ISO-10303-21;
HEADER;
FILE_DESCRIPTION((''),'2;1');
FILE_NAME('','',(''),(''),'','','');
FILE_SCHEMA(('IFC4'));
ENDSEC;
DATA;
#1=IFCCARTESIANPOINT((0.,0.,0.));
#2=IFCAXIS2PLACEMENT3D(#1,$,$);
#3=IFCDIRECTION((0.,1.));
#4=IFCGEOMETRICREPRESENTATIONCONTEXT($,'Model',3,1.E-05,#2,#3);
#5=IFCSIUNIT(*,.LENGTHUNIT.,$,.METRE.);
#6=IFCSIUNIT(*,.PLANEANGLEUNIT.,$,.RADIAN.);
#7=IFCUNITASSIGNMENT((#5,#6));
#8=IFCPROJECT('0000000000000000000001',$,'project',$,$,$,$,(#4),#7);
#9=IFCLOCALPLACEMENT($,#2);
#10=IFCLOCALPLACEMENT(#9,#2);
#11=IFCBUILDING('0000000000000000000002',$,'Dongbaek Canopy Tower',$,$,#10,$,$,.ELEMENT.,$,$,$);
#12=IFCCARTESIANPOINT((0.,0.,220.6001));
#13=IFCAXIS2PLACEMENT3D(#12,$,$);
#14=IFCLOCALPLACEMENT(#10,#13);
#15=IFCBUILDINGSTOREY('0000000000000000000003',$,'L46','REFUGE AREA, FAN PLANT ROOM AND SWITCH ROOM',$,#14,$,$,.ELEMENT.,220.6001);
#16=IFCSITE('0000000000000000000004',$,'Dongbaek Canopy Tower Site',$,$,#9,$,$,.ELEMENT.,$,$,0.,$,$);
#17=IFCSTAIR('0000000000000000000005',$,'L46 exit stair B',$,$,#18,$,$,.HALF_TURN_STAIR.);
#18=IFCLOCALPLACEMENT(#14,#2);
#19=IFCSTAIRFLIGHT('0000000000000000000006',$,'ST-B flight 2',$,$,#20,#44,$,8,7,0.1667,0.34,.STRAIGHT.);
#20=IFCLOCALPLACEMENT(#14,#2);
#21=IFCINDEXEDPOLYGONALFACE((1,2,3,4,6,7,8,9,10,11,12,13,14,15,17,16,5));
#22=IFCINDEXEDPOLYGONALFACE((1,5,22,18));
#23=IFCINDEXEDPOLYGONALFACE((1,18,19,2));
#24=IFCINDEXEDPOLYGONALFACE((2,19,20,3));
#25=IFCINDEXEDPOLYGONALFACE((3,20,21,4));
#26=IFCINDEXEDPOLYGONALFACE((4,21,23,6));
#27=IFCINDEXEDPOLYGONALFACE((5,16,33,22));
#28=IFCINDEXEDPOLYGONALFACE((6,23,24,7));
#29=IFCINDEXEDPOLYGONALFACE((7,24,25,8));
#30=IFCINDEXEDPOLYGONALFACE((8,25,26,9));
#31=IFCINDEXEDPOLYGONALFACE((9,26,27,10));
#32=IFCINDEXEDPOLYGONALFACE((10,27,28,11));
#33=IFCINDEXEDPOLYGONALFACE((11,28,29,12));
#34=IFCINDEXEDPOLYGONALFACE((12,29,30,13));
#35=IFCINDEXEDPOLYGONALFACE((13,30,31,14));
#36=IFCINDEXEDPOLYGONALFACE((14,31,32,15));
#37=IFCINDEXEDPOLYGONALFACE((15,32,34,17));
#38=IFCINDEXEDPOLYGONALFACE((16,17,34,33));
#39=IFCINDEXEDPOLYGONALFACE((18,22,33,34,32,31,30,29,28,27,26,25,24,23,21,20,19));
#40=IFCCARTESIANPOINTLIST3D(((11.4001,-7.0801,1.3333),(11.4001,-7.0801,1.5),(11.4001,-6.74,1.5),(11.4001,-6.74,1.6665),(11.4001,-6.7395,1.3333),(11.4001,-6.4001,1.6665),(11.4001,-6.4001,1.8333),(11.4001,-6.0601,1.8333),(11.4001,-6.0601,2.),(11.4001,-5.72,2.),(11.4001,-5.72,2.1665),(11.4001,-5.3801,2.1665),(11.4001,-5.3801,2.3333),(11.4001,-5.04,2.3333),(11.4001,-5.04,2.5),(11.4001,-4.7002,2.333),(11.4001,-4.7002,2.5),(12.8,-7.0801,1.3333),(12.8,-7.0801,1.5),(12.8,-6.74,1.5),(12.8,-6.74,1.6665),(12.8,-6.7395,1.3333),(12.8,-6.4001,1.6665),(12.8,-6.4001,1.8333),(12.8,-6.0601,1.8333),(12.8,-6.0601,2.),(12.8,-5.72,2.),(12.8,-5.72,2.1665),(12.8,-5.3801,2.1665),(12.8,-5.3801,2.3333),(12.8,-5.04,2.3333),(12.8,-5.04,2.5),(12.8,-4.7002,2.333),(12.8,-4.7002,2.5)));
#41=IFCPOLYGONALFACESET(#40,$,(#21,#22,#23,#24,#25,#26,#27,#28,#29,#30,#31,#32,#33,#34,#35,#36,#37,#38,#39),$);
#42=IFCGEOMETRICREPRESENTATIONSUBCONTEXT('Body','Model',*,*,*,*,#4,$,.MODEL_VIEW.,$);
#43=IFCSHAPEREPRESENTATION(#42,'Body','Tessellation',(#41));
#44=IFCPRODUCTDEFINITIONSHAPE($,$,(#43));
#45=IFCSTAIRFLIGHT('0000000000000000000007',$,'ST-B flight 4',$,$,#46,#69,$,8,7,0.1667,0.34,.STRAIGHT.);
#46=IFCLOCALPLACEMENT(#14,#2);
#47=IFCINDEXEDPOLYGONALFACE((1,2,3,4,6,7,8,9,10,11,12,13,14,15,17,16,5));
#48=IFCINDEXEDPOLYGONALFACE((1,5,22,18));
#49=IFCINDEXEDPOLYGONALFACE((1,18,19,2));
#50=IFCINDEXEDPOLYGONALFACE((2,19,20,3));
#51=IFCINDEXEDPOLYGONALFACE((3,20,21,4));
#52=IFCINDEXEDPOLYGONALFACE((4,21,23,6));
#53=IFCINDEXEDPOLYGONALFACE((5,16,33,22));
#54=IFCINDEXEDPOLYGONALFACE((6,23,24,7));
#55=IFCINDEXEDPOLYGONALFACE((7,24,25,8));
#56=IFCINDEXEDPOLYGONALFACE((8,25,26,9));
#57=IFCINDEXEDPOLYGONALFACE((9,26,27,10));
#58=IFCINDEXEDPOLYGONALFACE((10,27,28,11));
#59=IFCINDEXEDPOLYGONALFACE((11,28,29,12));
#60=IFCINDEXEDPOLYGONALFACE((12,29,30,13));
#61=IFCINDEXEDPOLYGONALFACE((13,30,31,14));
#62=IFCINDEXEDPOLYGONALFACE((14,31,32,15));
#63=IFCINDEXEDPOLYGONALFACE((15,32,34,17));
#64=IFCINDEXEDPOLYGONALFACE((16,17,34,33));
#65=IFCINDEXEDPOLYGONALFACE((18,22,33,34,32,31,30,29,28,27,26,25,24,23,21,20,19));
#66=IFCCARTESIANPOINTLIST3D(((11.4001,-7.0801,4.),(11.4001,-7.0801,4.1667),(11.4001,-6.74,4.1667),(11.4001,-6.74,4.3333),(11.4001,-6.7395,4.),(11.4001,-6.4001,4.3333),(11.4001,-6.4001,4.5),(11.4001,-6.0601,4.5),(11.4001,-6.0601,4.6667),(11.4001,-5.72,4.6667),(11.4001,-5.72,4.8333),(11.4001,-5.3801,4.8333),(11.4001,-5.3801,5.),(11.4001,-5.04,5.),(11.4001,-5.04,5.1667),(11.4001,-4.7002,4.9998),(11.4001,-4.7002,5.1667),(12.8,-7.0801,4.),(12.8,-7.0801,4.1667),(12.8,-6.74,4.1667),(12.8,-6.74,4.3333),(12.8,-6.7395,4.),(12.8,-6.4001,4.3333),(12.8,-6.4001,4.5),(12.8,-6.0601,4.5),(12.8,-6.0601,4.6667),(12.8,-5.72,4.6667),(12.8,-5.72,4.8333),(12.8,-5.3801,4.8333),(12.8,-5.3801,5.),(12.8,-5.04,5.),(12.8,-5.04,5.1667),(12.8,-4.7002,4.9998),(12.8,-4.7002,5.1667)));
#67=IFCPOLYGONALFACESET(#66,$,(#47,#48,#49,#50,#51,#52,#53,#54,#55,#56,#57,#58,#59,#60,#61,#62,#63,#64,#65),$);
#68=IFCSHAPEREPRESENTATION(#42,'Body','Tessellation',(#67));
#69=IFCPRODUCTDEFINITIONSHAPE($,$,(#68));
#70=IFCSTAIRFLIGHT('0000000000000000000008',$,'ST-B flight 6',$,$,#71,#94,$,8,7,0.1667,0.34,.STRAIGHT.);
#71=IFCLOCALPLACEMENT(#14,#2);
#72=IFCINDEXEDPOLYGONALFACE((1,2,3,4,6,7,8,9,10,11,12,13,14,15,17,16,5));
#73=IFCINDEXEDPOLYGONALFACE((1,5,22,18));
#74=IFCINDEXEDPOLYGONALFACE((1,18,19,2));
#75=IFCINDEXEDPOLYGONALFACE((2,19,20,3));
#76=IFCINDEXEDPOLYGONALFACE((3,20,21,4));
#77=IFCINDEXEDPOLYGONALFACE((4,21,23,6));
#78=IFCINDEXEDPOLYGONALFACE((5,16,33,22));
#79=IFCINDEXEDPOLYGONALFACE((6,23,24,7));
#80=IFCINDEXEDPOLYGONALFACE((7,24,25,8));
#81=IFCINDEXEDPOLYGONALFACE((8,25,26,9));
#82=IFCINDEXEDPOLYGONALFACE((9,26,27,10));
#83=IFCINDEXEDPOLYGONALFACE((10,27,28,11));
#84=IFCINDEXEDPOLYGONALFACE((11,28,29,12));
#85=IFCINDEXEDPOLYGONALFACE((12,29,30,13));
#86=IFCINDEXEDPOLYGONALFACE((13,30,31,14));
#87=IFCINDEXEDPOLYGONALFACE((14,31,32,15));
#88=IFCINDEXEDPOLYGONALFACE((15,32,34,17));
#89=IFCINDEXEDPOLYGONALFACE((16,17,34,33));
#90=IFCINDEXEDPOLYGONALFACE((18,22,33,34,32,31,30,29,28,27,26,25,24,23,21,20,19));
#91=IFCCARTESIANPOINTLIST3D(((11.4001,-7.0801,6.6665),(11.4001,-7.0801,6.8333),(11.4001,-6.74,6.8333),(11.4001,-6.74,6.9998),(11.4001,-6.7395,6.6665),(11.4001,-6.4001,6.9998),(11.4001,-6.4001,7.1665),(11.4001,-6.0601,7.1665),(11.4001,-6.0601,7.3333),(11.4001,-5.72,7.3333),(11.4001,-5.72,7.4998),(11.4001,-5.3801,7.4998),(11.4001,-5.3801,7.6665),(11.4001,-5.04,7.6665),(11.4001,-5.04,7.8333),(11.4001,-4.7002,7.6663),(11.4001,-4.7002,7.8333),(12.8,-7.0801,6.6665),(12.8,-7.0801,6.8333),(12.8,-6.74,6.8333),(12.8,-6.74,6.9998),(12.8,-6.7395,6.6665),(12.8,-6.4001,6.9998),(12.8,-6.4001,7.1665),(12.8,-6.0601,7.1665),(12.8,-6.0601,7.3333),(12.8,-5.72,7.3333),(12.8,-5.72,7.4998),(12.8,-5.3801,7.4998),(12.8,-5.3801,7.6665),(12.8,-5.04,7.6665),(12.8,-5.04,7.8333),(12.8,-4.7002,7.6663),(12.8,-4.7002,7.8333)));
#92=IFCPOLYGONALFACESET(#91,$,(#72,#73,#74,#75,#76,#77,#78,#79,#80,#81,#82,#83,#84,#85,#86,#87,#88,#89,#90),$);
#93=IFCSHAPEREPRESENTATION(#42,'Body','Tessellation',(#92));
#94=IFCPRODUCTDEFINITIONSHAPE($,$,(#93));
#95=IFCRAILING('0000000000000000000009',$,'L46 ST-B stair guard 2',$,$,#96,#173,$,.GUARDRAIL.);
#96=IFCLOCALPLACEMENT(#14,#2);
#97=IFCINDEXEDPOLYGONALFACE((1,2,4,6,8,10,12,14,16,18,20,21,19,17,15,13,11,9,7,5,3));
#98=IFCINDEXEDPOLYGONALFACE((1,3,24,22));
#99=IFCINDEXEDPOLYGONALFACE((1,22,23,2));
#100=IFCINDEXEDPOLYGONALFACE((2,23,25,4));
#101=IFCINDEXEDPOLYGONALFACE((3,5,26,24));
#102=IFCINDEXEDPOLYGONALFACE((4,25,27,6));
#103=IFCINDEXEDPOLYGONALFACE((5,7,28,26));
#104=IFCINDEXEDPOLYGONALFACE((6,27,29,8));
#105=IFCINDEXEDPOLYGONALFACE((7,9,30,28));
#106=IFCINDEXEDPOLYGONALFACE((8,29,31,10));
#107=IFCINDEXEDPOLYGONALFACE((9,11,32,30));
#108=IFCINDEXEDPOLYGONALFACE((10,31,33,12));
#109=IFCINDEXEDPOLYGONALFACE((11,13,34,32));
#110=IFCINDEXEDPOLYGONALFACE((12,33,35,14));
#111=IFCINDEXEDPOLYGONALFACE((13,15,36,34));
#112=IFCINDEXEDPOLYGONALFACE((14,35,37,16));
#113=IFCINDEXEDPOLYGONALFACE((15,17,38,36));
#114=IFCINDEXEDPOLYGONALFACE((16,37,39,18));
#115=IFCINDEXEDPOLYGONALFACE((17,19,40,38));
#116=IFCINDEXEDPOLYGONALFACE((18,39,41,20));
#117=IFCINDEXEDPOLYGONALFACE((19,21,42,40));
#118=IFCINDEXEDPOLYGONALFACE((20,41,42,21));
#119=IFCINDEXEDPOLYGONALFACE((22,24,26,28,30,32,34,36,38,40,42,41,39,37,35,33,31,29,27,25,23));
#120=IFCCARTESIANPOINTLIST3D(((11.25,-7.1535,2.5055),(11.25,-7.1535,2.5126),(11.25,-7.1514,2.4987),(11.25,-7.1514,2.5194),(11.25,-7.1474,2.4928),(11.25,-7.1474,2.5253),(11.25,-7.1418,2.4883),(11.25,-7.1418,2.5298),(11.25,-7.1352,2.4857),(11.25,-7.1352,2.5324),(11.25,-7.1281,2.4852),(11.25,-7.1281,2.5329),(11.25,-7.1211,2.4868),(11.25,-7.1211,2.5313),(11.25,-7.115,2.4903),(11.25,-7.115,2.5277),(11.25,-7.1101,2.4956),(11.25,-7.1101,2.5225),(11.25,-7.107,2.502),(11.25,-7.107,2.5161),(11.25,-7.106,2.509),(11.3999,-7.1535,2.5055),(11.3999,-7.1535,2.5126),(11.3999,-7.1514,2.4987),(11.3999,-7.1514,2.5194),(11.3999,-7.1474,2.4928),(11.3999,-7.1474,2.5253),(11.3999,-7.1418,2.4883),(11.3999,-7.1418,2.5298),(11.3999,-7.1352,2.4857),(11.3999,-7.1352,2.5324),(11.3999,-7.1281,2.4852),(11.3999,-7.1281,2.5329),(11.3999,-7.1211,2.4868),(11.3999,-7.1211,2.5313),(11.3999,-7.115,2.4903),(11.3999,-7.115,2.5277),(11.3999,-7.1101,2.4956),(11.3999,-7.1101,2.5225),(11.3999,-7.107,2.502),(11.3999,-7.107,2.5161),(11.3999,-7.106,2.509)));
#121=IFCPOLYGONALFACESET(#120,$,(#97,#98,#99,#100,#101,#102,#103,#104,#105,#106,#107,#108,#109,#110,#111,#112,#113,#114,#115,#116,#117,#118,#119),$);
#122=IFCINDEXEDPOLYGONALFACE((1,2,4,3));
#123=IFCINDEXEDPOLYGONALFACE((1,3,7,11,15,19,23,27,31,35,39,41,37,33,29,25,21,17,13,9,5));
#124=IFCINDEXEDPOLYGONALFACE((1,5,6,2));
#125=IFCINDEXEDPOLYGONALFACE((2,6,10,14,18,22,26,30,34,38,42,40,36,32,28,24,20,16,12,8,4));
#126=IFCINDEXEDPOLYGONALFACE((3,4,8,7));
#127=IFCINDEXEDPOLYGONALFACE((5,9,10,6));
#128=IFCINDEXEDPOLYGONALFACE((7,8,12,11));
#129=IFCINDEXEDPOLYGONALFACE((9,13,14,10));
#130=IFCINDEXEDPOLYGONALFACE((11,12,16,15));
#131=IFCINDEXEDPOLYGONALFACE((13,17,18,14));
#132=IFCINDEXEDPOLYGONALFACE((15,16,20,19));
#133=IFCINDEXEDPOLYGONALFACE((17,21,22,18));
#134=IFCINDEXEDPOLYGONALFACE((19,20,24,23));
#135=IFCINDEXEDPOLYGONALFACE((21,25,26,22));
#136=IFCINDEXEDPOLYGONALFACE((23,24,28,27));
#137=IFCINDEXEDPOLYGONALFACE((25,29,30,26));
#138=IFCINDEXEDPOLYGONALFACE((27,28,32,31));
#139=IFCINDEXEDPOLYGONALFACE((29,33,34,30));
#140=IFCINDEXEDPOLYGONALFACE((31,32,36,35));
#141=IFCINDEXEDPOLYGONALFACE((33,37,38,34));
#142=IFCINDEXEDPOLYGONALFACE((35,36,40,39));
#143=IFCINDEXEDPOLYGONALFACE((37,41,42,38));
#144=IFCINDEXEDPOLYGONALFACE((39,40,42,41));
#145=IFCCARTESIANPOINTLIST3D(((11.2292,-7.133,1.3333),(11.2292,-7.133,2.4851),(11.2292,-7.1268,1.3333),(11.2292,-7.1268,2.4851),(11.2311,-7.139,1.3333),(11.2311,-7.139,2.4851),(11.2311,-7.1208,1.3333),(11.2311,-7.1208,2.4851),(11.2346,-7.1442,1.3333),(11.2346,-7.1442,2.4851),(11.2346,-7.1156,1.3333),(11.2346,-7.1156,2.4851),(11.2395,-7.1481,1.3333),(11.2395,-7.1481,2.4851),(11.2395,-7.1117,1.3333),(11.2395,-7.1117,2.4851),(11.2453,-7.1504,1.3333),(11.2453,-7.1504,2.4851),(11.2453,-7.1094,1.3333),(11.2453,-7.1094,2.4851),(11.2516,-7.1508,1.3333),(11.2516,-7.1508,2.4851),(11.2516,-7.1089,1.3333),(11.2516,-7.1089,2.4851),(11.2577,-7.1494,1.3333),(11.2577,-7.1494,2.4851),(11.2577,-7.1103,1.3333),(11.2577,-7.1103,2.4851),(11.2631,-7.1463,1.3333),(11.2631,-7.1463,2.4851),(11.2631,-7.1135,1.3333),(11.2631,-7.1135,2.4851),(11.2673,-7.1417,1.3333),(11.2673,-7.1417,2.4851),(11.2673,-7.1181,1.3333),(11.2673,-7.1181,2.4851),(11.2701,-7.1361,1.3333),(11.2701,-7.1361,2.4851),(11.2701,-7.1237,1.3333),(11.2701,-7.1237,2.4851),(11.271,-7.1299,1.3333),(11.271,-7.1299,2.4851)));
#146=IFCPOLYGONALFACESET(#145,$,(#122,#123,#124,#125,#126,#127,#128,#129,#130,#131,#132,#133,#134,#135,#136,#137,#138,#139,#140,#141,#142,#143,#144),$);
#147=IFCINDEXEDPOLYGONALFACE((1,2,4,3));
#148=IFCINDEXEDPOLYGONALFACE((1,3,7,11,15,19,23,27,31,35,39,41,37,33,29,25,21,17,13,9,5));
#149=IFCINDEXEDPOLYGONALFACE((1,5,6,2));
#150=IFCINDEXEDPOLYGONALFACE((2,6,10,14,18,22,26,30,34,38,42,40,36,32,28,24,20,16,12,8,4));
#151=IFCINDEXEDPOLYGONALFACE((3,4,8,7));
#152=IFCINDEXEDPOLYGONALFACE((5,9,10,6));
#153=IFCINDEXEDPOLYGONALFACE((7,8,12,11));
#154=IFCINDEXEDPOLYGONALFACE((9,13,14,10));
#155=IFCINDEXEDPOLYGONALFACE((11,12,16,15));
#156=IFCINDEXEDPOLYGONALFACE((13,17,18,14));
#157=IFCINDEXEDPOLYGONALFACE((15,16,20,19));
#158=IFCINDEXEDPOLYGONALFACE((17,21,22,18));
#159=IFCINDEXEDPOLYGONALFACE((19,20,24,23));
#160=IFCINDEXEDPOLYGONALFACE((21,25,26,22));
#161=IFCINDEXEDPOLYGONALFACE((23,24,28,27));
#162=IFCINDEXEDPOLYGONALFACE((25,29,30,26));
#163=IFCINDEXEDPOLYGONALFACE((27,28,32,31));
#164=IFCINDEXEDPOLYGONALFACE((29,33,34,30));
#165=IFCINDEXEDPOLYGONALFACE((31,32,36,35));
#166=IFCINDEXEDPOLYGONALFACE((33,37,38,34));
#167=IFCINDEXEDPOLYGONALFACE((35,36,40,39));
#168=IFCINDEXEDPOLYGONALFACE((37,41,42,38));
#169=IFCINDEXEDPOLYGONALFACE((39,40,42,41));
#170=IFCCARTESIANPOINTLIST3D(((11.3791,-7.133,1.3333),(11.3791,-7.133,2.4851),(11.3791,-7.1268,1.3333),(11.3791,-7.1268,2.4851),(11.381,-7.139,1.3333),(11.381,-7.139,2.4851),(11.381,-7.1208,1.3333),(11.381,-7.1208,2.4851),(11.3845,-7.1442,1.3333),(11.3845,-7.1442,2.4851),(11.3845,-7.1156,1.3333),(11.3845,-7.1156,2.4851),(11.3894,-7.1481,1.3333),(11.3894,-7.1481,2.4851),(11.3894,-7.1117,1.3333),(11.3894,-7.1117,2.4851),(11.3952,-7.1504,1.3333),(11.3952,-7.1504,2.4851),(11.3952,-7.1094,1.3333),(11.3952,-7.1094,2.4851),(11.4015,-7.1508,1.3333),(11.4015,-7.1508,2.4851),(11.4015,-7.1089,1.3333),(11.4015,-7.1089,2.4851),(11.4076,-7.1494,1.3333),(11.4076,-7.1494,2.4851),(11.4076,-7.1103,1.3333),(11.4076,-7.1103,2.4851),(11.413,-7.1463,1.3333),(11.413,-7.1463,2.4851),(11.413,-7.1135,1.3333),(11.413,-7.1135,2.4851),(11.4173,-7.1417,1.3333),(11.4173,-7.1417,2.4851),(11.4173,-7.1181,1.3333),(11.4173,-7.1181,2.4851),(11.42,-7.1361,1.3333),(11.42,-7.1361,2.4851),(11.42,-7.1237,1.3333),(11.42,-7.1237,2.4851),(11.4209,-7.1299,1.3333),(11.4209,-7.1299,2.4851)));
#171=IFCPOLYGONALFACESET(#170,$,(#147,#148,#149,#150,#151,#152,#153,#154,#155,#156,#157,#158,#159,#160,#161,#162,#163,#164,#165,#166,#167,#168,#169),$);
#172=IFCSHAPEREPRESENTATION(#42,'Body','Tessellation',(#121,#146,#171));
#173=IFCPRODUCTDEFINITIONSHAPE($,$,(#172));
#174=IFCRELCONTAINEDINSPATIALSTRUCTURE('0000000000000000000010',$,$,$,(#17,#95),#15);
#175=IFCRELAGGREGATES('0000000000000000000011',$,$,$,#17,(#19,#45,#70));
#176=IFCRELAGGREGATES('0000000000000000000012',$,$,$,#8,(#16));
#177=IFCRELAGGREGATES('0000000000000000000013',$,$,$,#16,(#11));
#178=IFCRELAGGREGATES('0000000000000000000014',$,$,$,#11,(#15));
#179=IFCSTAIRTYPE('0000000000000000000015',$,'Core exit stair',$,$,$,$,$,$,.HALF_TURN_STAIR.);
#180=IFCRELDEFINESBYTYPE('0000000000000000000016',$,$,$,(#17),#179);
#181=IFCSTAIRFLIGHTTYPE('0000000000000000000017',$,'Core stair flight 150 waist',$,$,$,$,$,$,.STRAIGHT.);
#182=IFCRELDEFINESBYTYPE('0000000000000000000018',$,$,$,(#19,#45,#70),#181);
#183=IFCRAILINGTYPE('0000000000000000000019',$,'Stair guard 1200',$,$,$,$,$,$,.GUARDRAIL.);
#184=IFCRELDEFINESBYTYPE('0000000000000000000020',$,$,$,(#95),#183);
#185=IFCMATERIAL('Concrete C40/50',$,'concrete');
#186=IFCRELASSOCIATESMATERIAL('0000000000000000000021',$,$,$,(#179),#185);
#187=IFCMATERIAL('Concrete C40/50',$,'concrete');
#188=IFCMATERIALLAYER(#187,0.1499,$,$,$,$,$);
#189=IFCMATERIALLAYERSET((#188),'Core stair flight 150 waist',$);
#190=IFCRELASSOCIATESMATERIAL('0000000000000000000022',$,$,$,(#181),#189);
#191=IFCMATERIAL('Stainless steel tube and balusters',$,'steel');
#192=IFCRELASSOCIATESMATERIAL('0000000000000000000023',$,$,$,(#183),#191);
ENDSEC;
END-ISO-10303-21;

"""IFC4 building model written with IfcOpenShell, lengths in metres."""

from ifc_helpers import new_model, si_unit, direction, frame, origin, origin_2d, place, context, subcontext, project, spatial, polyline, circle, outline, extrude, material, layer, layer_set, type_object, element, aggregate, save


model = new_model("IFC4")

# Units and contexts
model_context = context("Model", 3, precision=1e-05, world=origin(), true_north=direction((0.0, 1.0)))
body_context = subcontext(model_context, "Body", "Model", "MODEL_VIEW")
ifc_project = project(units=[si_unit("LENGTHUNIT", "METRE"), si_unit("PLANEANGLEUNIT", "RADIAN")], contexts=[model_context])

# Site, building, storey
site_placement = place(None, origin())
site = spatial("IfcSite", under=ifc_project, at=site_placement, Name="Dongbaek Canopy Tower Site", CompositionType="ELEMENT", RefElevation=0.0)
building_placement = place(site_placement, origin())
building = spatial("IfcBuilding", under=site, at=building_placement, Name="Dongbaek Canopy Tower", CompositionType="ELEMENT")
storey_placement = place(building_placement, frame((0.0, 0.0, 220.6001)))
storey = spatial("IfcBuildingStorey", under=building, at=storey_placement, Name="L46", Description="REFUGE AREA, FAN PLANT ROOM AND SWITCH ROOM", CompositionType="ELEMENT", Elevation=220.6001)

# Stair, stair flights
ifc_material_1 = material(Name="Concrete C40/50", Category="concrete")
stair_type = type_object("IfcStairType", Name="Core exit stair", PredefinedType="HALF_TURN_STAIR", material=ifc_material_1)
stair_placement = place(storey_placement, origin())
stair = element("IfcStair", 1, at=stair_placement, inside=storey, type_object=stair_type, Name="L46 exit stair B", PredefinedType="HALF_TURN_STAIR")
ifc_material_2 = material(Name="Concrete C40/50", Category="concrete")
ifc_layer_1 = layer(ifc_material_2, 0.1499)
ifc_layer_set_1 = layer_set([ifc_layer_1], Name="Core stair flight 150 waist")
stair_flight_type = type_object("IfcStairFlightType", Name="Core stair flight 150 waist", PredefinedType="STRAIGHT", material=ifc_layer_set_1)
stair_flight_1_placement = place(storey_placement, frame((12.1001, -7.0801, 1.3333), z_axis=(0.0, 0.0, 1.0), x_axis=(0.0, 1.0, 0.0)))
stair_flight_1 = element("IfcStairFlight", 2, at=stair_flight_1_placement, type_object=stair_flight_type, Name="ST-B flight 2", NumberOfRisers=8, NumberOfTreads=7, PredefinedType="STRAIGHT", RiserHeight=0.1667, TreadLength=0.34, context=body_context, shape_type="SweptSolid", body=[
    extrude(outline(polyline([(0.0, 0.0), (0.0, 0.1667), (0.3401, 0.1667), (0.3401, 0.3333), (0.6799, 0.3333), (0.6799, 0.5), (1.02, 0.5), (1.02, 0.6667), (1.3601, 0.6667), (1.3601, 0.8333), (1.7, 0.8333), (1.7, 1.0), (2.04, 1.0), (2.04, 1.1667), (2.3799, 1.1667), (2.3799, 1.3333), (2.3799, 0.9998), (0.3406, 0.0), (0.0, 0.0)])), frame((0.0, 0.7, 0.0), z_axis=(0.0, -1.0, 0.0), x_axis=(1.0, 0.0, 0.0)), (0.0, 0.0, 1.0), 1.3999),
])
stair_flight_2_placement = place(storey_placement, frame((12.1001, -7.0801, 4.0), z_axis=(0.0, 0.0, 1.0), x_axis=(0.0, 1.0, 0.0)))
stair_flight_2 = element("IfcStairFlight", 3, at=stair_flight_2_placement, type_object=stair_flight_type, Name="ST-B flight 4", NumberOfRisers=8, NumberOfTreads=7, PredefinedType="STRAIGHT", RiserHeight=0.1667, TreadLength=0.34, context=body_context, shape_type="SweptSolid", body=[
    extrude(outline(polyline([(0.0, 0.0), (0.0, 0.1667), (0.3401, 0.1667), (0.3401, 0.3333), (0.6799, 0.3333), (0.6799, 0.5), (1.02, 0.5), (1.02, 0.6667), (1.3601, 0.6667), (1.3601, 0.8333), (1.7, 0.8333), (1.7, 1.0), (2.04, 1.0), (2.04, 1.1667), (2.3799, 1.1667), (2.3799, 1.3333), (2.3799, 0.9998), (0.3406, 0.0), (0.0, 0.0)])), frame((0.0, 0.7, 0.0), z_axis=(0.0, -1.0, 0.0), x_axis=(1.0, 0.0, 0.0)), (0.0, 0.0, 1.0), 1.3999),
])
stair_flight_3_placement = place(storey_placement, frame((12.1001, -7.0801, 6.6665), z_axis=(0.0, 0.0, 1.0), x_axis=(0.0, 1.0, 0.0)))
stair_flight_3 = element("IfcStairFlight", 4, at=stair_flight_3_placement, type_object=stair_flight_type, Name="ST-B flight 6", NumberOfRisers=8, NumberOfTreads=7, PredefinedType="STRAIGHT", RiserHeight=0.1667, TreadLength=0.34, context=body_context, shape_type="SweptSolid", body=[
    extrude(outline(polyline([(0.0, 0.0), (0.0, 0.1667), (0.3401, 0.1667), (0.3401, 0.3333), (0.6799, 0.3333), (0.6799, 0.5), (1.02, 0.5), (1.02, 0.6667), (1.3601, 0.6667), (1.3601, 0.8333), (1.7, 0.8333), (1.7, 1.0), (2.04, 1.0), (2.04, 1.1667), (2.3799, 1.1667), (2.3799, 1.3333), (2.3799, 0.9998), (0.3406, 0.0), (0.0, 0.0)])), frame((0.0, 0.7, 0.0), z_axis=(0.0, -1.0, 0.0), x_axis=(1.0, 0.0, 0.0)), (0.0, 0.0, 1.0), 1.3999),
])
aggregate(stair, [stair_flight_1, stair_flight_2, stair_flight_3])

# Railing
ifc_material_3 = material(Name="Stainless steel tube and balusters", Category="steel")
railing_type = type_object("IfcRailingType", Name="Stair guard 1200", PredefinedType="GUARDRAIL", material=ifc_material_3)
railing_1_placement = place(storey_placement, frame((11.25, -7.1299, 1.3333)))
element("IfcRailing", 5, at=railing_1_placement, inside=storey, type_object=railing_type, Name="L46 ST-B stair guard 2", PredefinedType="GUARDRAIL", context=body_context, shape_type="SweptSolid", body=[
    extrude(circle(Radius=0.0239, at=origin_2d()), frame((0.0, 0.0, 1.1758), z_axis=(1.0, 0.0, 0.0), x_axis=(0.0, 1.0, 0.0)), (0.0, 0.0, 1.0), 0.1499),
    extrude(circle(Radius=0.021, at=origin_2d()), origin(), (0.0, 0.0, 1.0), 1.1519),
    extrude(circle(Radius=0.021, at=origin_2d()), frame((0.1499, 0.0, 0.0)), (0.0, 0.0, 1.0), 1.1519),
])

save(model, "model.ifc")
